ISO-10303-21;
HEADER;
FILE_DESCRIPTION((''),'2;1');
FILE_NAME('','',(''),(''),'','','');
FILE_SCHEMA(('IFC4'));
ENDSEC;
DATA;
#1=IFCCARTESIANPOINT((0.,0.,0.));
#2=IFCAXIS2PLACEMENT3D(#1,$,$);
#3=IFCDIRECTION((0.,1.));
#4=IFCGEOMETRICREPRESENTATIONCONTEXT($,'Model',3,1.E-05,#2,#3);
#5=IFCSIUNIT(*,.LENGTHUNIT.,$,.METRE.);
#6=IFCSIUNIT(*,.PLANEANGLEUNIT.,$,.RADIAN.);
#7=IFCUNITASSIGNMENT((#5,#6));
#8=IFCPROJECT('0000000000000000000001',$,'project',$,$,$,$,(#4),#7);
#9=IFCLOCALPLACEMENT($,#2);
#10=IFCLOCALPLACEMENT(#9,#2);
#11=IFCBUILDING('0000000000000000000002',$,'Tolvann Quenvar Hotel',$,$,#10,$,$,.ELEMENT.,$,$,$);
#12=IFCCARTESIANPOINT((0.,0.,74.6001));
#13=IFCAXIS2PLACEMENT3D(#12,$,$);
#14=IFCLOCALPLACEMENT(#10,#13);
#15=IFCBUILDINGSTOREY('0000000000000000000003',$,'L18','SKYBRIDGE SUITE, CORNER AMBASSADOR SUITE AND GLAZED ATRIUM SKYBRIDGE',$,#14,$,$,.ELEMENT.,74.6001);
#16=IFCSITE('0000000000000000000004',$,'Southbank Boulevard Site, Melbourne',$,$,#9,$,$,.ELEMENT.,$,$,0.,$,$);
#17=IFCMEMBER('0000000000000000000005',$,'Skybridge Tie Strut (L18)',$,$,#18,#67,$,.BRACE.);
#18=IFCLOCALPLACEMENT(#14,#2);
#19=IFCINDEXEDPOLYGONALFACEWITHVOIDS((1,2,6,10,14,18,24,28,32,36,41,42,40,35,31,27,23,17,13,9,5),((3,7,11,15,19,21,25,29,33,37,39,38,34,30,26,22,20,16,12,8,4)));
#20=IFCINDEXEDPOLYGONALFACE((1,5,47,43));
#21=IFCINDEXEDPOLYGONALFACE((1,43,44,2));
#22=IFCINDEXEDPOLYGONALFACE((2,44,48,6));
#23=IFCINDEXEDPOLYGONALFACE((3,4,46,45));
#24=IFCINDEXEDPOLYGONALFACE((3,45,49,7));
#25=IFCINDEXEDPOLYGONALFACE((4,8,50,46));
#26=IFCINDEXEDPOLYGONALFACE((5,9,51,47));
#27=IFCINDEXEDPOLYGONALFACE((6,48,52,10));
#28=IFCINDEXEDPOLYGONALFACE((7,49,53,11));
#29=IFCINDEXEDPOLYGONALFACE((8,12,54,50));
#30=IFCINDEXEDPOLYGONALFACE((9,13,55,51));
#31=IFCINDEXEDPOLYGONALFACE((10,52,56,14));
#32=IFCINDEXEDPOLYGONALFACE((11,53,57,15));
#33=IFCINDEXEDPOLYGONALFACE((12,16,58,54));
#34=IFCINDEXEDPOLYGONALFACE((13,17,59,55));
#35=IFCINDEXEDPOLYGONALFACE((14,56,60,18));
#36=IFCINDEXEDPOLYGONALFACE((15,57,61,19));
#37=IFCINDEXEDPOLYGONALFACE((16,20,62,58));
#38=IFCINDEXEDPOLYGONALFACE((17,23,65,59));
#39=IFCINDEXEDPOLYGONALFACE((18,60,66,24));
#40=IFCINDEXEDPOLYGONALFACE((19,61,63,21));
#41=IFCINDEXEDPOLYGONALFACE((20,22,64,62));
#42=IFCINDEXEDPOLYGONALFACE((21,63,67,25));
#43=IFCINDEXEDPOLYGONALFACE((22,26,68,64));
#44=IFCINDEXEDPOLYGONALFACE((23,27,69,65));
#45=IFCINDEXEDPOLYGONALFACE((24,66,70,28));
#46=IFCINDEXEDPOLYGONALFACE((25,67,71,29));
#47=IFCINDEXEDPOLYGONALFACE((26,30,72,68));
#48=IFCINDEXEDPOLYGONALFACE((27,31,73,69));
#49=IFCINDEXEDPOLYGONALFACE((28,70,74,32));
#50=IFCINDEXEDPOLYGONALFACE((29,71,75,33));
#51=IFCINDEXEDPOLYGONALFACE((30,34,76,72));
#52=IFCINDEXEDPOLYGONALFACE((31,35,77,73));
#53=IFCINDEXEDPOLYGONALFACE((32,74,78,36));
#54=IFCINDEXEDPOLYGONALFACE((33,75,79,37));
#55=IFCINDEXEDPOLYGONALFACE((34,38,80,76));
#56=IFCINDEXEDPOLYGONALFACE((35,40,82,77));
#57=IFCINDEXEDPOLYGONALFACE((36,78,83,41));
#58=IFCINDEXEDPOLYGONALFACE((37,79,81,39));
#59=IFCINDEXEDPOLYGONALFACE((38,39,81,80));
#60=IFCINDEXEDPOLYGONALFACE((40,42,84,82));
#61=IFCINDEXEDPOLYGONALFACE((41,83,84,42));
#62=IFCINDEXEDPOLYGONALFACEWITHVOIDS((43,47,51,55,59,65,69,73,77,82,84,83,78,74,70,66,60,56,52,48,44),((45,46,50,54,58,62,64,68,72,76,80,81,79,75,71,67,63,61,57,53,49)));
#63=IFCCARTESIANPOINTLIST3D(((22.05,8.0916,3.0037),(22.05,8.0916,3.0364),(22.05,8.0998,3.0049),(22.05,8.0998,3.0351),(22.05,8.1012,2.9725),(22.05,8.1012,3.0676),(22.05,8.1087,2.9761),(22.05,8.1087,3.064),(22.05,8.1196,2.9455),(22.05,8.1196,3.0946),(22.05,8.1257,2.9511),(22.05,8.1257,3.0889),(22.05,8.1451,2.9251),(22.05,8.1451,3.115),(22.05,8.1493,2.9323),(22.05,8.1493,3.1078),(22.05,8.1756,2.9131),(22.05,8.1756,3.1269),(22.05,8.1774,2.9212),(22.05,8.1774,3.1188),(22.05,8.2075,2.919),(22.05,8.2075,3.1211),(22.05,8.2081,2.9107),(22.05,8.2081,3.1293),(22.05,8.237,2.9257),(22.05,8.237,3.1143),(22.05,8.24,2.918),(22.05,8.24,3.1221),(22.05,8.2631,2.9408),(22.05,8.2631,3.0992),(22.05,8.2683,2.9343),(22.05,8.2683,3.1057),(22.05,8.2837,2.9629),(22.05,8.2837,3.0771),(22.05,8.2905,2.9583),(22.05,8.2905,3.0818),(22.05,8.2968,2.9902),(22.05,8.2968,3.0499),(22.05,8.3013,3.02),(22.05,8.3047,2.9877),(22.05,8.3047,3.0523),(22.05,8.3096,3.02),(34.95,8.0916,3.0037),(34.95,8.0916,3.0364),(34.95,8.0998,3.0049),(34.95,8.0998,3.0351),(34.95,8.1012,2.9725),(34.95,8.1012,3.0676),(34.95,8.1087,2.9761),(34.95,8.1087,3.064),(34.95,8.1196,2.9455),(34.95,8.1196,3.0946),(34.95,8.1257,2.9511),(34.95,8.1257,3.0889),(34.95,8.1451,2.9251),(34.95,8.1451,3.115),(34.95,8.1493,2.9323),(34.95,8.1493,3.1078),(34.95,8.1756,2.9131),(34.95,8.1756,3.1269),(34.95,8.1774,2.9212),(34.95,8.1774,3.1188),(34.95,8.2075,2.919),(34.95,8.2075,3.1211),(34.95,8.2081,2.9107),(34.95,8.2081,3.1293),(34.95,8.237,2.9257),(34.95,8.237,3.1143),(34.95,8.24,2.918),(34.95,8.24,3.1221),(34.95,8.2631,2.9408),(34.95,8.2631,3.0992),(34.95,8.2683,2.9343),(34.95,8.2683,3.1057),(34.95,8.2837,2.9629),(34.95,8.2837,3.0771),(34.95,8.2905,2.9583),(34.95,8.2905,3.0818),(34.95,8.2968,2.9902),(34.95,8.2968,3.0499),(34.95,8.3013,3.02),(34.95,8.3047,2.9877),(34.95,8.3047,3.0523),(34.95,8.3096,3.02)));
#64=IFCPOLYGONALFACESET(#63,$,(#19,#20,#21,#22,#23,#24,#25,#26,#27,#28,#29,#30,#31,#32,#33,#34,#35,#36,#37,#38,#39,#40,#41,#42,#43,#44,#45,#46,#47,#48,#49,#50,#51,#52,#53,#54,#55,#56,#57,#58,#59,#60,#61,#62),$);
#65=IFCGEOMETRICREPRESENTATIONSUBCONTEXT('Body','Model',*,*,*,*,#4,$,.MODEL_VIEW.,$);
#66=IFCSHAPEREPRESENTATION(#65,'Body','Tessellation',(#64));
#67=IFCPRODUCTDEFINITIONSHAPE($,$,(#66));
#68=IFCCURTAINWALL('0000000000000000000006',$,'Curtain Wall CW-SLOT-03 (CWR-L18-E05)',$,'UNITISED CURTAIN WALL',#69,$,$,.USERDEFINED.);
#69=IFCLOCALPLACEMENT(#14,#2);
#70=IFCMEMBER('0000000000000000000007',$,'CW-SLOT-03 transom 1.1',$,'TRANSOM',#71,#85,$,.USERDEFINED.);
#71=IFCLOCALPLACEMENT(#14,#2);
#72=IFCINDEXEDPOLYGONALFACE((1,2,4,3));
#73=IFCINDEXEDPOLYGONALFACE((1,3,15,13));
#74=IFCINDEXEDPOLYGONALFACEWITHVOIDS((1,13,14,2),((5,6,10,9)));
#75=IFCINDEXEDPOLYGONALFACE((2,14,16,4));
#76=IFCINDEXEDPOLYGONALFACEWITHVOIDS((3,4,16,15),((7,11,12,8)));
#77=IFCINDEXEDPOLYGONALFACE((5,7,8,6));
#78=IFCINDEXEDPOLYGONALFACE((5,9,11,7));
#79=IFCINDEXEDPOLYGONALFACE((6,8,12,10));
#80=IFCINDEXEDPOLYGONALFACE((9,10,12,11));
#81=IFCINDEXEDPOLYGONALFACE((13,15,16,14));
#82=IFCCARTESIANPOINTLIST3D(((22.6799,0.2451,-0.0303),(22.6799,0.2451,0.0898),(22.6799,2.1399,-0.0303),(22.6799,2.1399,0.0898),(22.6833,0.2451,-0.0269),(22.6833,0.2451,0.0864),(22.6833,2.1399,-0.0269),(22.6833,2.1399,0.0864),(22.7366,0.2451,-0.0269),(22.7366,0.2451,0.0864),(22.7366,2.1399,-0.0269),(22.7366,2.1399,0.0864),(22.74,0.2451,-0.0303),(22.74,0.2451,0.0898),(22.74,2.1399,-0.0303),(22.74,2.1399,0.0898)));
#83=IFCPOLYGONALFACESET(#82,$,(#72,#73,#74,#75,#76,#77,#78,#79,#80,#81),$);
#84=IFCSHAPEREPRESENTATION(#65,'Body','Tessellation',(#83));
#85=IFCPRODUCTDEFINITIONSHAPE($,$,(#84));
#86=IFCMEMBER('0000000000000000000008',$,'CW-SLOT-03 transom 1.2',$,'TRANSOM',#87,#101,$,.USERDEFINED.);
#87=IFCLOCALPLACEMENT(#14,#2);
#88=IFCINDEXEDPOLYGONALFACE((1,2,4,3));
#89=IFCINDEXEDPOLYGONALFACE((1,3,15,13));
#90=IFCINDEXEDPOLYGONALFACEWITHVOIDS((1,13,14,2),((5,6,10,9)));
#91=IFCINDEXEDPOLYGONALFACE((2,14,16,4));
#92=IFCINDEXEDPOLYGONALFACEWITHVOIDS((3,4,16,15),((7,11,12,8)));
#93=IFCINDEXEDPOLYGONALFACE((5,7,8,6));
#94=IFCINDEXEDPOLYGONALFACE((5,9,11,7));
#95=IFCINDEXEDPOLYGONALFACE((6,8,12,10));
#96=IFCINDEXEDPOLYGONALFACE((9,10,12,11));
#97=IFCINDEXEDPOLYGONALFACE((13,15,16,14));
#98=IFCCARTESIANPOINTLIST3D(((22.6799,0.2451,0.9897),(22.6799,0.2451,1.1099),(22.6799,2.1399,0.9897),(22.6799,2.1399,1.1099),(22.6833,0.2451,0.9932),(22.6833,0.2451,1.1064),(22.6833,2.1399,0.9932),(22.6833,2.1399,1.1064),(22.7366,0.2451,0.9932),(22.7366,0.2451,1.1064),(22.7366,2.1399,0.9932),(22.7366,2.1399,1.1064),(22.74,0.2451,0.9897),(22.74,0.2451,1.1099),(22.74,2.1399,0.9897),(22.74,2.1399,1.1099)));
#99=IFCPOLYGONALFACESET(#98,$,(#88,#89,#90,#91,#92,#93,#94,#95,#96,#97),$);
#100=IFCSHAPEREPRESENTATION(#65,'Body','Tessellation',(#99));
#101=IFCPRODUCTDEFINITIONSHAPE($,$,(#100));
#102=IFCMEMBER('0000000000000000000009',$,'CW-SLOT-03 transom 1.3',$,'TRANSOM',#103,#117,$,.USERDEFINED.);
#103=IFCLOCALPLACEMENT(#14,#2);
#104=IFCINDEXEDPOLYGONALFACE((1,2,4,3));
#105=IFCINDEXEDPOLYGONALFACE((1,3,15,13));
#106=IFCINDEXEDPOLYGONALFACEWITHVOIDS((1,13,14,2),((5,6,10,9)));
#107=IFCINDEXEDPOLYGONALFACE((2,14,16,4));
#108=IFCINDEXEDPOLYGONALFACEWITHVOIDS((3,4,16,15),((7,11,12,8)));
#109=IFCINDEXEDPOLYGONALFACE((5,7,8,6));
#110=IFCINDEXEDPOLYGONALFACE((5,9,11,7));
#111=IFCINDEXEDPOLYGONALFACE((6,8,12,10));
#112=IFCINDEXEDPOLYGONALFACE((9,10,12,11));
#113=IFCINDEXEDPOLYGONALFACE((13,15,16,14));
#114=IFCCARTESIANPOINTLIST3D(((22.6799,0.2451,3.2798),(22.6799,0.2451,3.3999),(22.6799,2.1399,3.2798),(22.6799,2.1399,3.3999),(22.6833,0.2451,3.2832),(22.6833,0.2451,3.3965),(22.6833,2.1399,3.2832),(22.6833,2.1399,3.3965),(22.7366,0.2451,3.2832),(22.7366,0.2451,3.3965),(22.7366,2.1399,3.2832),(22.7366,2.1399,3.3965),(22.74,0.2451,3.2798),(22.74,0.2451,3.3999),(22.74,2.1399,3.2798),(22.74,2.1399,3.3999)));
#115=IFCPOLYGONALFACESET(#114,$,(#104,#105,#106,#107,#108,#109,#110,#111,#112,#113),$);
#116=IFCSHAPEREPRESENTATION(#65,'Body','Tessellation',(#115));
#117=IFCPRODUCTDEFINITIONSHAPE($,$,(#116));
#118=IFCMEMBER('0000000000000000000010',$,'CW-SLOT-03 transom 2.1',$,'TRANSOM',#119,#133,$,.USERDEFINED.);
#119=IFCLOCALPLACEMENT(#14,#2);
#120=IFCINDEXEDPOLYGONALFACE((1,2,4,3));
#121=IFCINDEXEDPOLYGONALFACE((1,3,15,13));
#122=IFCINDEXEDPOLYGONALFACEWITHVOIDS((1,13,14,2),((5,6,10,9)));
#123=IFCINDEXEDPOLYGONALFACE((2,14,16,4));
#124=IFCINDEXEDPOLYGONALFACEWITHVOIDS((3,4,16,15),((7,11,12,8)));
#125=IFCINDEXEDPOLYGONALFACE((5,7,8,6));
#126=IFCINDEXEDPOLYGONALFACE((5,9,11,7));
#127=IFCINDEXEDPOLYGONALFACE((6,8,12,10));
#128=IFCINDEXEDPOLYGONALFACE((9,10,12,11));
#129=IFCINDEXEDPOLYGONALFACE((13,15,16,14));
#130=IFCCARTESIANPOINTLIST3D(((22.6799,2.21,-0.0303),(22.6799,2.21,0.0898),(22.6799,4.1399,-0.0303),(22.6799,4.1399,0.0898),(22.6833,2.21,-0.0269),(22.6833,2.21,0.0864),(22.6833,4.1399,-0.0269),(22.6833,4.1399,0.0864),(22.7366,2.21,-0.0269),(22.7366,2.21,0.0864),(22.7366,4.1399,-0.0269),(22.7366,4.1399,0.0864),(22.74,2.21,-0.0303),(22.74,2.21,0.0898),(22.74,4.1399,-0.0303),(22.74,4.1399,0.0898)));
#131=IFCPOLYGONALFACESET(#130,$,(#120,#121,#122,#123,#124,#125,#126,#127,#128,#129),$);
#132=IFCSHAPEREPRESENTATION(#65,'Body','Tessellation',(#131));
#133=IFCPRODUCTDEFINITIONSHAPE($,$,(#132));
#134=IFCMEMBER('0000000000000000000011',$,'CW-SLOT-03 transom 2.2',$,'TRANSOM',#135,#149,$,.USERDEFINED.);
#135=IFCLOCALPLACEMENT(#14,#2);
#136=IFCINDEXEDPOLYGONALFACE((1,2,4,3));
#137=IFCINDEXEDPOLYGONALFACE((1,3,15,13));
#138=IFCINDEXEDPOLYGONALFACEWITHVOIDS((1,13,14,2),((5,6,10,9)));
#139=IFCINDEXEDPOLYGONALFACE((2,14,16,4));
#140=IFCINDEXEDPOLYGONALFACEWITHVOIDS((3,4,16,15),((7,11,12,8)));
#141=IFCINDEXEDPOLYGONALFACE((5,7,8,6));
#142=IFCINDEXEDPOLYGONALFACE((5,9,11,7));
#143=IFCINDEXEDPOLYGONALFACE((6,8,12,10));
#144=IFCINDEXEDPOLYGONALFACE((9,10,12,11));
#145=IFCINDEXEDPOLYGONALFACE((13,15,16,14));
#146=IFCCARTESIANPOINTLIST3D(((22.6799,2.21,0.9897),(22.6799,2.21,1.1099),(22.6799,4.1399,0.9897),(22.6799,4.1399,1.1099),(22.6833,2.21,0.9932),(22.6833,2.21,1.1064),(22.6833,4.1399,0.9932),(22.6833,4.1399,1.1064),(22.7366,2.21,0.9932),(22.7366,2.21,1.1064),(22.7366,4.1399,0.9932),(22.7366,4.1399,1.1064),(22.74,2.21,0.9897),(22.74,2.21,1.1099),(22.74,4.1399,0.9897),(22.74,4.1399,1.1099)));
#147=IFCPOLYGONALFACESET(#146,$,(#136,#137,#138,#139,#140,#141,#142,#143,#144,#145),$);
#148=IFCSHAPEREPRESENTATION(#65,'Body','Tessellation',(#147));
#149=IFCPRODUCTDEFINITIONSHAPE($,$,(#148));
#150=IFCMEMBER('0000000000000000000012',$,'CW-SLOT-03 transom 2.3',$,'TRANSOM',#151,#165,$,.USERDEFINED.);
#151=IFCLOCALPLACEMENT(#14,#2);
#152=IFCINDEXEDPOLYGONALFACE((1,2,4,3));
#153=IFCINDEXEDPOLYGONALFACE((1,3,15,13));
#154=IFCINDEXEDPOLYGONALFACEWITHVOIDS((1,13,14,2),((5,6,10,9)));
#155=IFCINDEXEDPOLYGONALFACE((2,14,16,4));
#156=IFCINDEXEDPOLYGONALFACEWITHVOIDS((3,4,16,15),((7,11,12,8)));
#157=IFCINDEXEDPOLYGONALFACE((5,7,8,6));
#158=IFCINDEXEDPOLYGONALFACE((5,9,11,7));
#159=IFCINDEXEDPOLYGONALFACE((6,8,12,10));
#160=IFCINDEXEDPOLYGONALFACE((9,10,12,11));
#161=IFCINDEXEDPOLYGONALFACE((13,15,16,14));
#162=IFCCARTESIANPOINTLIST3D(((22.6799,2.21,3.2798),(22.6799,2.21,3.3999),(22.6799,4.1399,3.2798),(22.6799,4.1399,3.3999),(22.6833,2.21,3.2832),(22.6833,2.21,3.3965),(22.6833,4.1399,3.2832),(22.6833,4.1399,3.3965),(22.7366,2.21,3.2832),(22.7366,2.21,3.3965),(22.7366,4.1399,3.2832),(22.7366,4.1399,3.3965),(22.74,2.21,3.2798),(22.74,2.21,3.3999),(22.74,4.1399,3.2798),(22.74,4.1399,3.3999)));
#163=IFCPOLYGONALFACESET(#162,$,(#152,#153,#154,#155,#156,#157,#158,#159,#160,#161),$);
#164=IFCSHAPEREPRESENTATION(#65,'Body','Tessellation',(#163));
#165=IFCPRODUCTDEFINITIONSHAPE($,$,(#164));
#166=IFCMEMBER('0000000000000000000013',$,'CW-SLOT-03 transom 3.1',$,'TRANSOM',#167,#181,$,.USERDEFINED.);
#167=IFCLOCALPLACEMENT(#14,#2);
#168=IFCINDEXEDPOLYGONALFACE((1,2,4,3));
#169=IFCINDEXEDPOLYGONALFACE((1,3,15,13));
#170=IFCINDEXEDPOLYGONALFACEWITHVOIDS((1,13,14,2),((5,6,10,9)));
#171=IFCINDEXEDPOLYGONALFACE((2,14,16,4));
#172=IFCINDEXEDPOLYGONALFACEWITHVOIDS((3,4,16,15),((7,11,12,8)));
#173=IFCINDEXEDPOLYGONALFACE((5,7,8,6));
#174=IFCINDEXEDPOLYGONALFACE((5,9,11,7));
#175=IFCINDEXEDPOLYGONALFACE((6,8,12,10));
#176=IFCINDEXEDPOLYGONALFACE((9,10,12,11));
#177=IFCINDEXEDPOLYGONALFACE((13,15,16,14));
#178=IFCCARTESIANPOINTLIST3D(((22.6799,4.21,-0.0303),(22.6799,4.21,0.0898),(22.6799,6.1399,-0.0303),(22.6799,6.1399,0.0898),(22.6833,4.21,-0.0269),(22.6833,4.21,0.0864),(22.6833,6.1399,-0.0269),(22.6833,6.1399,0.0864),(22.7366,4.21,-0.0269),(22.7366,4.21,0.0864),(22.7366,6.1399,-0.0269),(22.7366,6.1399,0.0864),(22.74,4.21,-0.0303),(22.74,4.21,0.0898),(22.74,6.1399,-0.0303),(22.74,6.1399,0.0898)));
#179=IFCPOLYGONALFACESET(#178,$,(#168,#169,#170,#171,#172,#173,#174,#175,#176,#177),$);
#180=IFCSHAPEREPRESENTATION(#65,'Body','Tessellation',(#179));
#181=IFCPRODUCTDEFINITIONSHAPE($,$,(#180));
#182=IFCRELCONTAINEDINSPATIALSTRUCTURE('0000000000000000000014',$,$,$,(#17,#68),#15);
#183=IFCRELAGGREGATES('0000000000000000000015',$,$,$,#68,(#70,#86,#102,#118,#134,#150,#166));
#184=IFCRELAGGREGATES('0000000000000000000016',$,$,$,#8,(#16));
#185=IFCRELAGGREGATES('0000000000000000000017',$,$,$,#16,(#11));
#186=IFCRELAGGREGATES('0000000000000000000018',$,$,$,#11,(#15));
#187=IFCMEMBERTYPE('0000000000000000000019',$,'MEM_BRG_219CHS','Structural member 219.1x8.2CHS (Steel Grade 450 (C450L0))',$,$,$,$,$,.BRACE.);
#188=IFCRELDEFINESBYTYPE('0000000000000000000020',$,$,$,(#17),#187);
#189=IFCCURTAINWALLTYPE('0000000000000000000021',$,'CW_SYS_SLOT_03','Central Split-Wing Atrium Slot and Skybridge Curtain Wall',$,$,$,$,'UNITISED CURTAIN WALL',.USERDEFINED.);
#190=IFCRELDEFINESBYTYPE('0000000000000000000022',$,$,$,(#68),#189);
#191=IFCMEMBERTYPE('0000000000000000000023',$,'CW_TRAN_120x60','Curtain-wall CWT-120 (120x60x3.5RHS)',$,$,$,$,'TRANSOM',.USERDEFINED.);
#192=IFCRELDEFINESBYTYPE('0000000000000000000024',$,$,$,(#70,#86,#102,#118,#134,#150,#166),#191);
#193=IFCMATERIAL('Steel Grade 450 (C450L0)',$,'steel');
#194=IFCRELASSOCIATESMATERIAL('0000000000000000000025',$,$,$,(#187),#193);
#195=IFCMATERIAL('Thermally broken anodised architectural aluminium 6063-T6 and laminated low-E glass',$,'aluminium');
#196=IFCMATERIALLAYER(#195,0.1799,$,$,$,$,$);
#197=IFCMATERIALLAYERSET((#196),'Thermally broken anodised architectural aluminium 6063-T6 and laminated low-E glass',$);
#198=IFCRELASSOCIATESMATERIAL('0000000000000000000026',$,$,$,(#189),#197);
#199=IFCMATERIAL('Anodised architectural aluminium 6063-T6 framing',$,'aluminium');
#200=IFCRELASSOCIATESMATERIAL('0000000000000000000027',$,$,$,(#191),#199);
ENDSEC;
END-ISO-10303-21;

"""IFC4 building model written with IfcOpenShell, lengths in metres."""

from ifc_helpers import new_model, si_unit, direction, frame, origin, origin_2d, place, context, subcontext, project, spatial, hollow_rectangle, hollow_circle, extrude, source, transform, mapped, material, layer, layer_set, material_profile, profile_set, type_object, type_shapes, element, aggregate, save


model = new_model("IFC4")

# Units and contexts
model_context = context("Model", 3, precision=1e-05, world=origin(), true_north=direction((0.0, 1.0)))
body_context = subcontext(model_context, "Body", "Model", "MODEL_VIEW")
ifc_project = project(units=[si_unit("LENGTHUNIT", "METRE"), si_unit("PLANEANGLEUNIT", "RADIAN")], contexts=[model_context])

# Site, building, storey
site_placement = place(None, origin())
site = spatial("IfcSite", under=ifc_project, at=site_placement, Name="Southbank Boulevard Site, Melbourne", CompositionType="ELEMENT", RefElevation=0.0)
building_placement = place(site_placement, origin())
building = spatial("IfcBuilding", under=site, at=building_placement, Name="Tolvann Quenvar Hotel", CompositionType="ELEMENT")
storey_placement = place(building_placement, frame((0.0, 0.0, 74.6001)))
storey = spatial("IfcBuildingStorey", under=building, at=storey_placement, Name="L18", Description="SKYBRIDGE SUITE, CORNER AMBASSADOR SUITE AND GLAZED ATRIUM SKYBRIDGE", CompositionType="ELEMENT", Elevation=74.6001)

# Member
ifc_material_1 = material(Name="Steel Grade 450 (C450L0)", Category="steel")
ifc_material_profile_1 = material_profile(ifc_material_1, hollow_circle(Radius=0.1096, WallThickness=0.0083, at=origin_2d()), Name="219.1x8.2CHS")
ifc_profile_set_1 = profile_set([ifc_material_profile_1], Name="Steel Grade 450 (C450L0)")
member_type_1 = type_object("IfcMemberType", Name="MEM_BRG_219CHS", Description="Structural member 219.1x8.2CHS (Steel Grade 450 (C450L0))", PredefinedType="BRACE", material=ifc_profile_set_1)
shared_shape_1 = source(origin(), body_context, "Body", "SweptSolid", [
    extrude(hollow_circle(Radius=0.1096, WallThickness=0.0083, at=origin_2d()), origin(), (0.0, 0.0, 1.0), 12.8999),
])
type_shapes(member_type_1, [shared_shape_1])
member_1_placement = place(storey_placement, frame((22.05, 8.2, 3.02), z_axis=(1.0, 0.0, 0.0), x_axis=(0.0, 1.0, 0.0)))
element("IfcMember", 1, at=member_1_placement, inside=storey, type_object=member_type_1, Name="Skybridge Tie Strut (L18)", PredefinedType="BRACE", context=body_context, shape_type="MappedRepresentation", body=[
    mapped(shared_shape_1, transform((0.0, 0.0, 0.0), x_axis=(1.0, 0.0, 0.0), y_axis=(0.0, 1.0, 0.0), z_axis=(0.0, 0.0, 1.0), scale=1.0)),
])

# Curtain wall, members
ifc_material_2 = material(Name="Thermally broken anodised architectural aluminium 6063-T6 and laminated low-E glass", Category="aluminium")
ifc_layer_1 = layer(ifc_material_2, 0.1799)
ifc_layer_set_1 = layer_set([ifc_layer_1], Name="Thermally broken anodised architectural aluminium 6063-T6 and laminated low-E glass")
curtain_wall_type = type_object("IfcCurtainWallType", Name="CW_SYS_SLOT_03", Description="Central Split-Wing Atrium Slot and Skybridge Curtain Wall", ElementType="UNITISED CURTAIN WALL", PredefinedType="USERDEFINED", material=ifc_layer_set_1)
curtain_wall_placement = place(storey_placement, origin())
curtain_wall = element("IfcCurtainWall", 2, at=curtain_wall_placement, inside=storey, type_object=curtain_wall_type, Name="Curtain Wall CW-SLOT-03 (CWR-L18-E05)", ObjectType="UNITISED CURTAIN WALL", PredefinedType="USERDEFINED")
ifc_material_3 = material(Name="Anodised architectural aluminium 6063-T6 framing", Category="aluminium")
ifc_material_profile_2 = material_profile(ifc_material_3, hollow_rectangle(XDim=0.0601, YDim=0.1201, WallThickness=0.0034, at=origin_2d()), Name="120x60x3.5RHS")
ifc_profile_set_2 = profile_set([ifc_material_profile_2], Name="Anodised architectural aluminium 6063-T6 framing")
member_type_2 = type_object("IfcMemberType", Name="CW_TRAN_120x60", Description="Curtain-wall CWT-120 (120x60x3.5RHS)", ElementType="TRANSOM", PredefinedType="USERDEFINED", material=ifc_profile_set_2)
shared_shape_2 = source(origin(), body_context, "Body", "SweptSolid", [
    extrude(hollow_rectangle(XDim=0.0601, YDim=0.1201, WallThickness=0.0034, at=origin_2d()), origin(), (0.0, 0.0, 1.0), 1.8948),
])
member_2_placement = place(storey_placement, frame((22.71, 0.2451, 0.0298), z_axis=(0.0, 1.0, 0.0), x_axis=(-1.0, 0.0, 0.0)))
member_2 = element("IfcMember", 3, at=member_2_placement, type_object=member_type_2, Name="CW-SLOT-03 transom 1.1", ObjectType="TRANSOM", PredefinedType="USERDEFINED", context=body_context, shape_type="MappedRepresentation", body=[
    mapped(shared_shape_2, transform((0.0, 0.0, 0.0), x_axis=(1.0, 0.0, 0.0), y_axis=(0.0, 1.0, 0.0), z_axis=(0.0, 0.0, 1.0), scale=1.0)),
])
member_3_placement = place(storey_placement, frame((22.71, 0.2451, 1.0498), z_axis=(0.0, 1.0, 0.0), x_axis=(-1.0, 0.0, 0.0)))
member_3 = element("IfcMember", 4, at=member_3_placement, type_object=member_type_2, Name="CW-SLOT-03 transom 1.2", ObjectType="TRANSOM", PredefinedType="USERDEFINED", context=body_context, shape_type="MappedRepresentation", body=[
    mapped(shared_shape_2, transform((0.0, 0.0, 0.0), x_axis=(1.0, 0.0, 0.0), y_axis=(0.0, 1.0, 0.0), z_axis=(0.0, 0.0, 1.0), scale=1.0)),
])
member_4_placement = place(storey_placement, frame((22.71, 0.2451, 3.3398), z_axis=(0.0, 1.0, 0.0), x_axis=(-1.0, 0.0, 0.0)))
member_4 = element("IfcMember", 5, at=member_4_placement, type_object=member_type_2, Name="CW-SLOT-03 transom 1.3", ObjectType="TRANSOM", PredefinedType="USERDEFINED", context=body_context, shape_type="MappedRepresentation", body=[
    mapped(shared_shape_2, transform((0.0, 0.0, 0.0), x_axis=(1.0, 0.0, 0.0), y_axis=(0.0, 1.0, 0.0), z_axis=(0.0, 0.0, 1.0), scale=1.0)),
])
shared_shape_3 = source(origin(), body_context, "Body", "SweptSolid", [
    extrude(hollow_rectangle(XDim=0.0601, YDim=0.1201, WallThickness=0.0034, at=origin_2d()), origin(), (0.0, 0.0, 1.0), 1.9299),
])
type_shapes(member_type_2, [shared_shape_2, shared_shape_3])
member_5_placement = place(storey_placement, frame((22.71, 2.21, 0.0298), z_axis=(0.0, 1.0, 0.0), x_axis=(-1.0, 0.0, 0.0)))
member_5 = element("IfcMember", 6, at=member_5_placement, type_object=member_type_2, Name="CW-SLOT-03 transom 2.1", ObjectType="TRANSOM", PredefinedType="USERDEFINED", context=body_context, shape_type="MappedRepresentation", body=[
    mapped(shared_shape_3, transform((0.0, 0.0, 0.0), x_axis=(1.0, 0.0, 0.0), y_axis=(0.0, 1.0, 0.0), z_axis=(0.0, 0.0, 1.0), scale=1.0)),
])
member_6_placement = place(storey_placement, frame((22.71, 2.21, 1.0498), z_axis=(0.0, 1.0, 0.0), x_axis=(-1.0, 0.0, 0.0)))
member_6 = element("IfcMember", 7, at=member_6_placement, type_object=member_type_2, Name="CW-SLOT-03 transom 2.2", ObjectType="TRANSOM", PredefinedType="USERDEFINED", context=body_context, shape_type="MappedRepresentation", body=[
    mapped(shared_shape_3, transform((0.0, 0.0, 0.0), x_axis=(1.0, 0.0, 0.0), y_axis=(0.0, 1.0, 0.0), z_axis=(0.0, 0.0, 1.0), scale=1.0)),
])
member_7_placement = place(storey_placement, frame((22.71, 2.21, 3.3398), z_axis=(0.0, 1.0, 0.0), x_axis=(-1.0, 0.0, 0.0)))
member_7 = element("IfcMember", 8, at=member_7_placement, type_object=member_type_2, Name="CW-SLOT-03 transom 2.3", ObjectType="TRANSOM", PredefinedType="USERDEFINED", context=body_context, shape_type="MappedRepresentation", body=[
    mapped(shared_shape_3, transform((0.0, 0.0, 0.0), x_axis=(1.0, 0.0, 0.0), y_axis=(0.0, 1.0, 0.0), z_axis=(0.0, 0.0, 1.0), scale=1.0)),
])
member_8_placement = place(storey_placement, frame((22.71, 4.21, 0.0298), z_axis=(0.0, 1.0, 0.0), x_axis=(-1.0, 0.0, 0.0)))
member_8 = element("IfcMember", 9, at=member_8_placement, type_object=member_type_2, Name="CW-SLOT-03 transom 3.1", ObjectType="TRANSOM", PredefinedType="USERDEFINED", context=body_context, shape_type="MappedRepresentation", body=[
    mapped(shared_shape_3, transform((0.0, 0.0, 0.0), x_axis=(1.0, 0.0, 0.0), y_axis=(0.0, 1.0, 0.0), z_axis=(0.0, 0.0, 1.0), scale=1.0)),
])

aggregate(curtain_wall, [member_2, member_3, member_4, member_5, member_6, member_7, member_8])

save(model, "model.ifc")
